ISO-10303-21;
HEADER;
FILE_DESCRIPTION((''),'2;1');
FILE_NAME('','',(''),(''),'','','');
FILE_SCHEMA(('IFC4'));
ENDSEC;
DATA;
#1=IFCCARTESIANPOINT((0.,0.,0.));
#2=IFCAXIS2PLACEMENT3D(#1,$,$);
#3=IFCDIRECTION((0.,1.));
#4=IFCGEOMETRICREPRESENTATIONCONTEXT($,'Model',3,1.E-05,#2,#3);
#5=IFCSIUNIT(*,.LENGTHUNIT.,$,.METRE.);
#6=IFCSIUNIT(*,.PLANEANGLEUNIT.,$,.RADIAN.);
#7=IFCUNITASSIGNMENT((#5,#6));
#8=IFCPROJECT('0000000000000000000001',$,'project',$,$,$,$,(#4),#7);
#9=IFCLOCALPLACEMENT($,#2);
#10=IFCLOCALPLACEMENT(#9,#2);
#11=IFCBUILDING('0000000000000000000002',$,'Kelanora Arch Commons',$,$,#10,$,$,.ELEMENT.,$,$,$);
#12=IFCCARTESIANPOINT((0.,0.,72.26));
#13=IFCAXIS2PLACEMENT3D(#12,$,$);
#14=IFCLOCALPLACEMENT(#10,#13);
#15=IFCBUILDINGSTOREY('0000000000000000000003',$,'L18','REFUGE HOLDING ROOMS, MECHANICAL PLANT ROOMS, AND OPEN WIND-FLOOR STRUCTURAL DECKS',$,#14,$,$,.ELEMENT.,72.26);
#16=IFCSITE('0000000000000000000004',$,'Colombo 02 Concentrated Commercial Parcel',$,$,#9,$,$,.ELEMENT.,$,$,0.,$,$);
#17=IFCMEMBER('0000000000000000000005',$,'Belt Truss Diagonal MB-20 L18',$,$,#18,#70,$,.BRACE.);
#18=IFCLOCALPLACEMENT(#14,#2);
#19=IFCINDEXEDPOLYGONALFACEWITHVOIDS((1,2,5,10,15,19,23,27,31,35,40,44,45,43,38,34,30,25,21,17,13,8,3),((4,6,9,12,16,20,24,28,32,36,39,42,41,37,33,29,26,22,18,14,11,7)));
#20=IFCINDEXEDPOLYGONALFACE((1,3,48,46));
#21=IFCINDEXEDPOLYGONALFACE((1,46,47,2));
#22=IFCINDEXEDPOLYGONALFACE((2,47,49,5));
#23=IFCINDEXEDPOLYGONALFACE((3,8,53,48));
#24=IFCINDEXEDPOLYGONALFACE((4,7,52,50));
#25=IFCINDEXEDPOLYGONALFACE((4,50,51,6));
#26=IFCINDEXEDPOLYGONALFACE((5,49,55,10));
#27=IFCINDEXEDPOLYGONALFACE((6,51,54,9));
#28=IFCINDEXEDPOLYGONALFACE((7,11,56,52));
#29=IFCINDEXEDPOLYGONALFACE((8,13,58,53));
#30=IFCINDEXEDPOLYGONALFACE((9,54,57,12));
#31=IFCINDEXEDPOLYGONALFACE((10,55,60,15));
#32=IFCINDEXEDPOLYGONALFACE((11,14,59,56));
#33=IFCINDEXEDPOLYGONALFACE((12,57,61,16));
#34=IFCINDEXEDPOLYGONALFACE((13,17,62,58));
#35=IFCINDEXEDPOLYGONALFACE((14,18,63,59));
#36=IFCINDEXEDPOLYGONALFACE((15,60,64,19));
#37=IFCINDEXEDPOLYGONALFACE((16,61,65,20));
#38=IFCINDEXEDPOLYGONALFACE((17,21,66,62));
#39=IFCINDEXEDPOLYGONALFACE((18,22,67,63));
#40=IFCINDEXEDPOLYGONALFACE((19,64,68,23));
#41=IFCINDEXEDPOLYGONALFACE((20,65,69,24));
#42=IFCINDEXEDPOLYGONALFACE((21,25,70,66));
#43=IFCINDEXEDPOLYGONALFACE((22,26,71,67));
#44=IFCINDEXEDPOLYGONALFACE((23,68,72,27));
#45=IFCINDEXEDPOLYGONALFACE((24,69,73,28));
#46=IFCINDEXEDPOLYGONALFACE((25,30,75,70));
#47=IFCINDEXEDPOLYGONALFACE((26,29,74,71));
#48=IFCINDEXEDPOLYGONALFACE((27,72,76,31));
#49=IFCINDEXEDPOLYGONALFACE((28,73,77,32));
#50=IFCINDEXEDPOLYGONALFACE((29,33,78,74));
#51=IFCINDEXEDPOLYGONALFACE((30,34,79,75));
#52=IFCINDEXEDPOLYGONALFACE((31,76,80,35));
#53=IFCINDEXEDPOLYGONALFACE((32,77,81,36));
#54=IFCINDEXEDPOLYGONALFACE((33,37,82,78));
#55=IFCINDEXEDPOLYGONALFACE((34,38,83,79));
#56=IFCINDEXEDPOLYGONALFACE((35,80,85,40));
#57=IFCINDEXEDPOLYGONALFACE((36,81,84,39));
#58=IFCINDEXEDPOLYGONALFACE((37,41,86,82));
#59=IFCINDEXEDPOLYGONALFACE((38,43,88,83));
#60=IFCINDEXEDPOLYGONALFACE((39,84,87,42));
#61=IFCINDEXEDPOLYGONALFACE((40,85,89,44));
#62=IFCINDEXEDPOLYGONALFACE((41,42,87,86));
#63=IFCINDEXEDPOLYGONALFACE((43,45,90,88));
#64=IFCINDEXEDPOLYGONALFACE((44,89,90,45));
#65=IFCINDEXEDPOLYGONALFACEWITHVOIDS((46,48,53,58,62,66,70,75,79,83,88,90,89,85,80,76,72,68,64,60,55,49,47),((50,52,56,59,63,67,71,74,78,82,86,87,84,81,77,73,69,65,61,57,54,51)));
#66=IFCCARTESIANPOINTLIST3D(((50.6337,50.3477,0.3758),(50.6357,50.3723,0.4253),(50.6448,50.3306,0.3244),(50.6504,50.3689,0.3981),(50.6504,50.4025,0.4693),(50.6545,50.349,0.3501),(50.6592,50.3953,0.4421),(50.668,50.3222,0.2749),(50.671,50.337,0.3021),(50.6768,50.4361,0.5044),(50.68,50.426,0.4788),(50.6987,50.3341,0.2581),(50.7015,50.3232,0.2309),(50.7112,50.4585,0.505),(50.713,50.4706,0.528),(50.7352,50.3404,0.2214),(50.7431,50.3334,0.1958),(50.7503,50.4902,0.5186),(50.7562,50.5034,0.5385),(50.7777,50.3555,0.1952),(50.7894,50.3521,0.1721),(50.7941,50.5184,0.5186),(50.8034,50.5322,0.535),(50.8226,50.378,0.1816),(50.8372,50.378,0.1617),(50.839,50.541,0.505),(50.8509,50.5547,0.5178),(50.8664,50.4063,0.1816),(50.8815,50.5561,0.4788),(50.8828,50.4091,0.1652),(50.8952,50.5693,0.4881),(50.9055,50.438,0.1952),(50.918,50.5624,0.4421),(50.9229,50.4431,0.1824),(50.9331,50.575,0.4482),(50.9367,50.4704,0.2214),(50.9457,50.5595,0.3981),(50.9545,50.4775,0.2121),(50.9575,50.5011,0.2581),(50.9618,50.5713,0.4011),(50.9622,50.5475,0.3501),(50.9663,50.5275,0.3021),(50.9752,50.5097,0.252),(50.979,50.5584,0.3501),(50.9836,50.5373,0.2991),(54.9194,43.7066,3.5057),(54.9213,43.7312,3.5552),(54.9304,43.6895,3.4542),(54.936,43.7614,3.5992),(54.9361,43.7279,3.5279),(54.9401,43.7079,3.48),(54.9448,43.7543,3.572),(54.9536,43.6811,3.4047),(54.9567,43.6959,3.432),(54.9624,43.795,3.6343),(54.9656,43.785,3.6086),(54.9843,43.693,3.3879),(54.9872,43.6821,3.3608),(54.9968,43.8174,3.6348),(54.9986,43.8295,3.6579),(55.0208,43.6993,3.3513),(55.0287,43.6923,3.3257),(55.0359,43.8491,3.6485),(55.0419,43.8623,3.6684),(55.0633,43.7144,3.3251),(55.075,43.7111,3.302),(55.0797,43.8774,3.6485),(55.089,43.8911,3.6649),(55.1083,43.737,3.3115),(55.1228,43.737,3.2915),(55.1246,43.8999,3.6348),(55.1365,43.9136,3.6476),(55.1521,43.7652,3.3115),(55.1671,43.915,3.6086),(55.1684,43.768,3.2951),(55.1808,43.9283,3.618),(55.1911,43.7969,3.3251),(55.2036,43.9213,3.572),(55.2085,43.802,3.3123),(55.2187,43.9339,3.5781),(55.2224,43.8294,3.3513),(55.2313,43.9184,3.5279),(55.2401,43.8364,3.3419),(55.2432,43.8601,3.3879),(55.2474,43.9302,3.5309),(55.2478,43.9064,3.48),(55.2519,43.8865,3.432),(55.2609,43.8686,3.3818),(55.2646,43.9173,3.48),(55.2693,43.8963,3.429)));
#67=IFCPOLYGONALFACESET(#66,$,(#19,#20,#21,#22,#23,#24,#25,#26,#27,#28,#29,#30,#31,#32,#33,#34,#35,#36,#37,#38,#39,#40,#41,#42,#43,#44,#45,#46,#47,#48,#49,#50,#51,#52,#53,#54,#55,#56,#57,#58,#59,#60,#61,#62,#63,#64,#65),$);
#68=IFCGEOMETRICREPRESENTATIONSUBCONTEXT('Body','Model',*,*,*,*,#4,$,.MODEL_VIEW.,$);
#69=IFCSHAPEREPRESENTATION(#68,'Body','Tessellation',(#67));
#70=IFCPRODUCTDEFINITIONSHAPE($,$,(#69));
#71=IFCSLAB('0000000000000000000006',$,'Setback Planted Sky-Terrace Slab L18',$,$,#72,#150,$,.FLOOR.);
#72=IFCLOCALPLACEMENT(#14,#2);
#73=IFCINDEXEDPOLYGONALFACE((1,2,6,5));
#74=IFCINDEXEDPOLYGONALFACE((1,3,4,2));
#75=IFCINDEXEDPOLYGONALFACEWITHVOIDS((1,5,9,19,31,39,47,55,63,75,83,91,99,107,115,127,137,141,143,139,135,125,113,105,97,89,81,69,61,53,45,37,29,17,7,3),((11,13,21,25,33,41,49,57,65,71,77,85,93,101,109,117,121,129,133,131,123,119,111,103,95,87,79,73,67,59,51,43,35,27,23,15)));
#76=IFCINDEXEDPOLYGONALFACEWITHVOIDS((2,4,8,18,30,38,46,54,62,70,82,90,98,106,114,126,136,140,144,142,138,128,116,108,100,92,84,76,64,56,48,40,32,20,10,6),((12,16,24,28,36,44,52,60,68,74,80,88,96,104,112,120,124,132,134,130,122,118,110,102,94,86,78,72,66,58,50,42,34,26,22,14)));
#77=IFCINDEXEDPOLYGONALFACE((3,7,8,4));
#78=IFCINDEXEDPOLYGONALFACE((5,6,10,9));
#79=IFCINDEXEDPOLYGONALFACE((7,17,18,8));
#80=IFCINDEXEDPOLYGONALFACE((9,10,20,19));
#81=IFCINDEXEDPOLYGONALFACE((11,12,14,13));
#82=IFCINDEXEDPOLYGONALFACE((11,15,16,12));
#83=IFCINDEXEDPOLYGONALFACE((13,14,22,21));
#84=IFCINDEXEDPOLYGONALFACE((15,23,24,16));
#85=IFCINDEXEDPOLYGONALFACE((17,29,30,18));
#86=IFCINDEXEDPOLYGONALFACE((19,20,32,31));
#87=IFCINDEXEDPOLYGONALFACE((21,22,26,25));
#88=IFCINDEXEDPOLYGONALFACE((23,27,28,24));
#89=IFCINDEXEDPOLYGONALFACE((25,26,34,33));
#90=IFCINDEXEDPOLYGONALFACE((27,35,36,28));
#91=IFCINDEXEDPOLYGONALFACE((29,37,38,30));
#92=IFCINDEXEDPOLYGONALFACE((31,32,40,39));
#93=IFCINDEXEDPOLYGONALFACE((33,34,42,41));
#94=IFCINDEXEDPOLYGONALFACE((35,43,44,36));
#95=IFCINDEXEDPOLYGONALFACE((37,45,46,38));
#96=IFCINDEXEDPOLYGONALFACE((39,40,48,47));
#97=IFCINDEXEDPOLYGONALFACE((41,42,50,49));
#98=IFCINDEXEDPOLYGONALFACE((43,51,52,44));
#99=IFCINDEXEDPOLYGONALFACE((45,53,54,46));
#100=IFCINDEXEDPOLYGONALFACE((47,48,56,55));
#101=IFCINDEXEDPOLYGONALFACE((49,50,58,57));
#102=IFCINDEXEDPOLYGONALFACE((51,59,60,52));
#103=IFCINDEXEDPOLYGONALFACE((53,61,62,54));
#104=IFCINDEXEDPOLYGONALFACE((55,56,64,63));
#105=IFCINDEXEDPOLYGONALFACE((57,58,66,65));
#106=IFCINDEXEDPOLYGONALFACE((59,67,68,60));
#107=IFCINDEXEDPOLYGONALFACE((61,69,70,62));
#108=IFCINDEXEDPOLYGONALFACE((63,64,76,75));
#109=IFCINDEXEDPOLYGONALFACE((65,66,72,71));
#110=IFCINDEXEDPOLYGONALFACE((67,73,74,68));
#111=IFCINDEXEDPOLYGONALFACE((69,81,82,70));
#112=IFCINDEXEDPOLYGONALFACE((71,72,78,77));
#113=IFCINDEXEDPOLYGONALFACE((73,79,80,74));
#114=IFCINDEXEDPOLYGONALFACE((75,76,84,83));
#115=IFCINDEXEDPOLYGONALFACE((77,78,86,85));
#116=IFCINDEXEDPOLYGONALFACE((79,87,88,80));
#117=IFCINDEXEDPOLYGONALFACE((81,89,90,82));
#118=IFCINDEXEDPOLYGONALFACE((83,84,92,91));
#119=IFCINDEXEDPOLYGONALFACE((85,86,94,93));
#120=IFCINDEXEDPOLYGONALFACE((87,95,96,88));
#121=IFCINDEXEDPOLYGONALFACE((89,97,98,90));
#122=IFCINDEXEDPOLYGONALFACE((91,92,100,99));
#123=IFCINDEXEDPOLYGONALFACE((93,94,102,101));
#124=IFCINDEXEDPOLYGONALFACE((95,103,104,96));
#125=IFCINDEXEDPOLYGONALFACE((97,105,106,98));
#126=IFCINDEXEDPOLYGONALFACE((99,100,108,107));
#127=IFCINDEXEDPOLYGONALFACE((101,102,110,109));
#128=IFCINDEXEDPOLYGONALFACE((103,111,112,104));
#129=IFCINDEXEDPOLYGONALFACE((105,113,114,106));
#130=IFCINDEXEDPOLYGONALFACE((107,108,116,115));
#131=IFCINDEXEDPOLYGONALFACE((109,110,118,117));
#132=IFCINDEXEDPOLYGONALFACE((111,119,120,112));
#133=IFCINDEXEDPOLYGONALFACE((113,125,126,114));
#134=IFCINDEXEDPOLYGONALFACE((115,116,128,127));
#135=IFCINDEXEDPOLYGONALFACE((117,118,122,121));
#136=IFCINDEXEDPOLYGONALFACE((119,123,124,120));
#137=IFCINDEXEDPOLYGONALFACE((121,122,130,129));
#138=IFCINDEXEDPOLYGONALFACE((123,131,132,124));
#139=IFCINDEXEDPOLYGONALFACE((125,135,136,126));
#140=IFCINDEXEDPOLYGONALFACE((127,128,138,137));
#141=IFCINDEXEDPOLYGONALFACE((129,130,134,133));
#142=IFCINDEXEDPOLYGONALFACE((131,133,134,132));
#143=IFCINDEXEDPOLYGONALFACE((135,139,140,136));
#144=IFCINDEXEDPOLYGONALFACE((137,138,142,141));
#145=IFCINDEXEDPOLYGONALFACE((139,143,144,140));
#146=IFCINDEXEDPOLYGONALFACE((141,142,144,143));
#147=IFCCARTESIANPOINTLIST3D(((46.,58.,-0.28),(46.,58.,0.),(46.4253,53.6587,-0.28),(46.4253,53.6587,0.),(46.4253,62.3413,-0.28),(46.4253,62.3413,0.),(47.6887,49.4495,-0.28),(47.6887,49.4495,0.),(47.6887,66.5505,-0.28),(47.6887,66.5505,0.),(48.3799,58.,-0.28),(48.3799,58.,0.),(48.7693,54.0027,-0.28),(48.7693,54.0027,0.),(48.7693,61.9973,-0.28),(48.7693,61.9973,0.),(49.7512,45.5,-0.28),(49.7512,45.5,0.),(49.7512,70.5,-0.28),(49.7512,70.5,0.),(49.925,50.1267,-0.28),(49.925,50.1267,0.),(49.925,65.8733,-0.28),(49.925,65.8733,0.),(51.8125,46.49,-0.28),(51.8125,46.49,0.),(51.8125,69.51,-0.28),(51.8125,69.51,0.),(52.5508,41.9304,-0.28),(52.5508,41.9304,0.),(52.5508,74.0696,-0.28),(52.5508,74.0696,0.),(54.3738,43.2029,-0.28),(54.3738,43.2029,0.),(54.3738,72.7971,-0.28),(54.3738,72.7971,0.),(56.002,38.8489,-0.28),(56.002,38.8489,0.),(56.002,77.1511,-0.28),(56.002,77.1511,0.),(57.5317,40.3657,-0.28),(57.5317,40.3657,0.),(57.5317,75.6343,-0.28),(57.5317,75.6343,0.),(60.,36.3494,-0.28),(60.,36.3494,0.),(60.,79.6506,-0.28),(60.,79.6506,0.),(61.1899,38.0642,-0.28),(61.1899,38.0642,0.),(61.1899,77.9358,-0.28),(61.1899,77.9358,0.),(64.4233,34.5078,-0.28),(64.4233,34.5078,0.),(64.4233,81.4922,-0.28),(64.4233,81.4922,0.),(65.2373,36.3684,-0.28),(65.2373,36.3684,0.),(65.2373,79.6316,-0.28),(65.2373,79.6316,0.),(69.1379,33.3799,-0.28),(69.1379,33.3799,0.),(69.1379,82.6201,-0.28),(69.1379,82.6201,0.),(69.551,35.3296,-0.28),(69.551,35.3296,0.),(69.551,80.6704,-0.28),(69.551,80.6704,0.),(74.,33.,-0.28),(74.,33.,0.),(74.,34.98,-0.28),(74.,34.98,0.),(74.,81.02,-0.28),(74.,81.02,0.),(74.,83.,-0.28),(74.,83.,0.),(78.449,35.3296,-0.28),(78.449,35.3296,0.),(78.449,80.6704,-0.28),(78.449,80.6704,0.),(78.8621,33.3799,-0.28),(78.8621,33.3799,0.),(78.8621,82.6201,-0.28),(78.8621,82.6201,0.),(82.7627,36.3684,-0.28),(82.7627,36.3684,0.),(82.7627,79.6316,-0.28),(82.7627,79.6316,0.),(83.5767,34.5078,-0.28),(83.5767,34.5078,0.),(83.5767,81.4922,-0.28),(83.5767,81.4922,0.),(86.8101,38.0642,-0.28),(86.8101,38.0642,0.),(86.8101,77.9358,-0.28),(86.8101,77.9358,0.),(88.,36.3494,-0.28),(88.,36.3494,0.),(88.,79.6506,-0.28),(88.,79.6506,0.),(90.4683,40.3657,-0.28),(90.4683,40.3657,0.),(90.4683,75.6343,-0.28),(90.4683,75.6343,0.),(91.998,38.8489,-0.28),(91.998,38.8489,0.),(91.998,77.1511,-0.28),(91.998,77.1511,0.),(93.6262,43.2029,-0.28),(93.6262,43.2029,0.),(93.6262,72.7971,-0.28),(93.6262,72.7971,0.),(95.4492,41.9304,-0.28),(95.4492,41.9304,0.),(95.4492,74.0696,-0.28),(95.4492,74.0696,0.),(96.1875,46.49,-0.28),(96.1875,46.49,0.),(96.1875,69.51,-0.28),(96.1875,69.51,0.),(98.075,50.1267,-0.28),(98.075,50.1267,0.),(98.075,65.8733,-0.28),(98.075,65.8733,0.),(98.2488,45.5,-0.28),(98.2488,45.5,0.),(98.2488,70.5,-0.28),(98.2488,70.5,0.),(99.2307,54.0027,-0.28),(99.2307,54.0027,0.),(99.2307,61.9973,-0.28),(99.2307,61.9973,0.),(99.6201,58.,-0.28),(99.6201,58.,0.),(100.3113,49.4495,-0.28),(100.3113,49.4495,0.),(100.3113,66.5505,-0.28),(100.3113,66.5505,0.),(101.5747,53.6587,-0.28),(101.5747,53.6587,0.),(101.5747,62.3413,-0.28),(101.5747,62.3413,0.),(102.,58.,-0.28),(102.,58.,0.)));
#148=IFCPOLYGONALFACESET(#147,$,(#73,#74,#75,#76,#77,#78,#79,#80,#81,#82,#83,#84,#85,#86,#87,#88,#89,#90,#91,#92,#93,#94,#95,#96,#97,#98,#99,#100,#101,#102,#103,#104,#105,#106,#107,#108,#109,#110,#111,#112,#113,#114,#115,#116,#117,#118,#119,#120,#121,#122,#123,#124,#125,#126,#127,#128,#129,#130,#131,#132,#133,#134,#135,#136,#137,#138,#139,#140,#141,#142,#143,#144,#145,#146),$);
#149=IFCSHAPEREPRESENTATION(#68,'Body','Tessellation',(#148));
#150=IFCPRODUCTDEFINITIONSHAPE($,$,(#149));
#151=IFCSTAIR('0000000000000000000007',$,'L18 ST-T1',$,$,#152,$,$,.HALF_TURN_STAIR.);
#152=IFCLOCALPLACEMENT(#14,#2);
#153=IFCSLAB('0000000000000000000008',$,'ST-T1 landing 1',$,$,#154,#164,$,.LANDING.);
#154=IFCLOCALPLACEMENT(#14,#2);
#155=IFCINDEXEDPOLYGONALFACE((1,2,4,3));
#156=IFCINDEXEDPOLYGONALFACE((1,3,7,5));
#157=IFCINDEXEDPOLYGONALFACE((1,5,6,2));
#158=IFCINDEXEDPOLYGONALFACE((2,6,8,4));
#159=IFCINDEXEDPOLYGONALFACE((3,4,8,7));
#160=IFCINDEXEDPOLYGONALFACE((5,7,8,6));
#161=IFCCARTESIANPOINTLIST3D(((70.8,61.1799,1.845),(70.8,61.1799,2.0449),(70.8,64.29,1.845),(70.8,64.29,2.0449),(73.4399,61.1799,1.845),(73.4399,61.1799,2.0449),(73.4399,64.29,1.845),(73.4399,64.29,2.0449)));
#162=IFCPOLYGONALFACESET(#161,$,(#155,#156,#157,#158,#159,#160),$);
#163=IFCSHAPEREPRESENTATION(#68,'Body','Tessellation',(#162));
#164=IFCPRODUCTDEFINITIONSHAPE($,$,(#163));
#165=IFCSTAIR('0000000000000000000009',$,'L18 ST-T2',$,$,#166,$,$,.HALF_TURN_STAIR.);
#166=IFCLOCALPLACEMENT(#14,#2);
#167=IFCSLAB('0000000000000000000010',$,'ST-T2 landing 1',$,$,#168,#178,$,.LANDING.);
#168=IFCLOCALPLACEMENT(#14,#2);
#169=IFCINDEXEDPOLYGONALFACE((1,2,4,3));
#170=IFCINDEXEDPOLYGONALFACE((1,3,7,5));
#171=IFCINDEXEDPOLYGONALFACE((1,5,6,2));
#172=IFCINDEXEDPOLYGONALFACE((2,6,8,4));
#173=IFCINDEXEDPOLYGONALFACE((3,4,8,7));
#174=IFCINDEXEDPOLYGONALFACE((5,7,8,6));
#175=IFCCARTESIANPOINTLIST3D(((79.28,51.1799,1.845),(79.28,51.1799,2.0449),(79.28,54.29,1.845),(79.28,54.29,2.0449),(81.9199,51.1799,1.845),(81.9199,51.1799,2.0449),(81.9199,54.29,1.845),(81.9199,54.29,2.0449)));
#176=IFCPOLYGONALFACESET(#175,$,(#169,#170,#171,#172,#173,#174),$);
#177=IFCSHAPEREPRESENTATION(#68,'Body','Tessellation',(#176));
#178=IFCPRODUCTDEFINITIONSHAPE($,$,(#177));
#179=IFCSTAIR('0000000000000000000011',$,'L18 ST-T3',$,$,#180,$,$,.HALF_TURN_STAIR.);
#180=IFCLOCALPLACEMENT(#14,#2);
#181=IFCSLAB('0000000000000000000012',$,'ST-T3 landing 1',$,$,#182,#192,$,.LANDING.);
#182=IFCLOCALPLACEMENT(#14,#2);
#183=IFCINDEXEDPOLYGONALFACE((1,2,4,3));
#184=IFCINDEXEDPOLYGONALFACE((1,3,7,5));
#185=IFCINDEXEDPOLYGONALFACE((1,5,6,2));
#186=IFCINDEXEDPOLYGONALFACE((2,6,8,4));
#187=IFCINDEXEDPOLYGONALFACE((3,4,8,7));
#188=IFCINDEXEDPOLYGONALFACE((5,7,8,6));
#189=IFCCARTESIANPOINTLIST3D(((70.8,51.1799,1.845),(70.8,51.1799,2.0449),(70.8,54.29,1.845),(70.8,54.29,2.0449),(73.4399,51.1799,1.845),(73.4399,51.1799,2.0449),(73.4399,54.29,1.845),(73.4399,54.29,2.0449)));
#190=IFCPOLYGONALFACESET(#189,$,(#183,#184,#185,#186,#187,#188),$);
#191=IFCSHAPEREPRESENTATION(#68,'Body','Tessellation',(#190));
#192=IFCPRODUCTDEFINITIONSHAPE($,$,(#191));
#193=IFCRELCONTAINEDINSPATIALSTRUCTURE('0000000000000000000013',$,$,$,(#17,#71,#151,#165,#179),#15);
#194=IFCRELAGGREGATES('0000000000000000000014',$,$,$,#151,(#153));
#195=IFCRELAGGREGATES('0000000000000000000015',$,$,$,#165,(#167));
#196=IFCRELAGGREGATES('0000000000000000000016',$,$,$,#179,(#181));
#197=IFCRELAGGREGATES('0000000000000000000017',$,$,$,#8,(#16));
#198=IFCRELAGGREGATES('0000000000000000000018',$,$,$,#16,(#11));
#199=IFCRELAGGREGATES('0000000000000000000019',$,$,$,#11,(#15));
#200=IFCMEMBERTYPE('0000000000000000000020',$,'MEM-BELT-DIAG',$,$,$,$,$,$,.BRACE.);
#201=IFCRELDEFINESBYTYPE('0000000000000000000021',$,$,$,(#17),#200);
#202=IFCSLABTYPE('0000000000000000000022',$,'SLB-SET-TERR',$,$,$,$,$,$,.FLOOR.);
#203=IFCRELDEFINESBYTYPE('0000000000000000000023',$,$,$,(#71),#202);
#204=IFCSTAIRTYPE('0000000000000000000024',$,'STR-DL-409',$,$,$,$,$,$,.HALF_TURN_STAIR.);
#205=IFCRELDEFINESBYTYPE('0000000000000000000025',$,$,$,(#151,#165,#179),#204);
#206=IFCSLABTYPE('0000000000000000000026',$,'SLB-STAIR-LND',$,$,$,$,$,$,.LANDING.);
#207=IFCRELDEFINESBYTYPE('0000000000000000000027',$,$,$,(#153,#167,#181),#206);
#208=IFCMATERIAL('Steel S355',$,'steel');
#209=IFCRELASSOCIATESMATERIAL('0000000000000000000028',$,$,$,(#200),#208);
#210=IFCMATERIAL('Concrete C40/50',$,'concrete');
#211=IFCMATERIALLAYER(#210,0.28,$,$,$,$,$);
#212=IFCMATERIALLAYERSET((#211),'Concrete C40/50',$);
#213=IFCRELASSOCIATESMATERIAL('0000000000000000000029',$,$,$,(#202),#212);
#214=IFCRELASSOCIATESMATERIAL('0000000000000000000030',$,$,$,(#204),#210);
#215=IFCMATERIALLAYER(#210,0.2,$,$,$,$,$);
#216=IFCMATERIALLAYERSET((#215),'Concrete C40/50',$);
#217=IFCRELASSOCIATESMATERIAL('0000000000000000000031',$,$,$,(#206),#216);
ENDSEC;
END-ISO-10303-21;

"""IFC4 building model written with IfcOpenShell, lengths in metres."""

from ifc_helpers import new_model, si_unit, direction, frame, origin, origin_2d, place, context, subcontext, project, spatial, polyline, hollow_circle, outline, extrude, material, layer, layer_set, material_profile, profile_set, type_object, element, aggregate, save


model = new_model("IFC4")

# Units and contexts
model_context = context("Model", 3, precision=1e-05, world=origin(), true_north=direction((0.0, 1.0)))
body_context = subcontext(model_context, "Body", "Model", "MODEL_VIEW")
ifc_project = project(units=[si_unit("LENGTHUNIT", "METRE"), si_unit("PLANEANGLEUNIT", "RADIAN")], contexts=[model_context])

# Site, building, storey
site_placement = place(None, origin())
site = spatial("IfcSite", under=ifc_project, at=site_placement, Name="Colombo 02 Concentrated Commercial Parcel", CompositionType="ELEMENT", RefElevation=0.0)
building_placement = place(site_placement, origin())
building = spatial("IfcBuilding", under=site, at=building_placement, Name="Kelanora Arch Commons", CompositionType="ELEMENT")
storey_placement = place(building_placement, frame((0.0, 0.0, 72.26)))
storey = spatial("IfcBuildingStorey", under=building, at=storey_placement, Name="L18", Description="REFUGE HOLDING ROOMS, MECHANICAL PLANT ROOMS, AND OPEN WIND-FLOOR STRUCTURAL DECKS", CompositionType="ELEMENT", Elevation=72.26)

# Shared definitions
ifc_material_1 = material(Name="Steel S355", Category="steel")

# Member
ifc_material_profile_1 = material_profile(ifc_material_1, hollow_circle(Radius=0.2031, WallThickness=0.02, at=origin_2d()), Name="CHS406.4x20")
ifc_profile_set_1 = profile_set([ifc_material_profile_1], Name="Steel S355")
member_type = type_object("IfcMemberType", Name="MEM-BELT-DIAG", PredefinedType="BRACE", material=ifc_profile_set_1)
member_placement = place(storey_placement, frame((50.8083, 50.4482, 0.3501), z_axis=(0.504133, -0.781214, 0.368177), x_axis=(0.840236, 0.542221, 0.0)))
element("IfcMember", 1, at=member_placement, inside=storey, type_object=member_type, Name="Belt Truss Diagonal MB-20 L18", PredefinedType="BRACE", context=body_context, shape_type="SweptSolid", body=[
    extrude(hollow_circle(Radius=0.2031, WallThickness=0.02, at=origin_2d()), origin(), (0.0, 0.0, 1.0), 8.501),
])

# Slab
ifc_material_2 = material(Name="Concrete C40/50", Category="concrete")
ifc_layer_1 = layer(ifc_material_2, 0.28)
ifc_layer_set_1 = layer_set([ifc_layer_1], Name="Concrete C40/50")
slab_type_1 = type_object("IfcSlabType", Name="SLB-SET-TERR", PredefinedType="FLOOR", material=ifc_layer_set_1)
slab_1_placement = place(storey_placement, frame((0.0, 0.0, -0.28)))
element("IfcSlab", 2, at=slab_1_placement, inside=storey, type_object=slab_type_1, Name="Setback Planted Sky-Terrace Slab L18", PredefinedType="FLOOR", context=body_context, shape_type="SweptSolid", body=[
    extrude(outline(polyline([(102.0, 58.0), (101.5747, 62.3413), (100.3113, 66.5505), (98.2488, 70.5), (95.4492, 74.0696), (91.998, 77.1511), (88.0, 79.6506), (83.5767, 81.4922), (78.8621, 82.6201), (74.0, 83.0), (69.1379, 82.6201), (64.4233, 81.4922), (60.0, 79.6506), (56.002, 77.1511), (52.5508, 74.0696), (49.7512, 70.5), (47.6887, 66.5505), (46.4253, 62.3413), (46.0, 58.0), (46.4253, 53.6587), (47.6887, 49.4495), (49.7512, 45.5), (52.5508, 41.9304), (56.002, 38.8489), (60.0, 36.3494), (64.4233, 34.5078), (69.1379, 33.3799), (74.0, 33.0), (78.8621, 33.3799), (83.5767, 34.5078), (88.0, 36.3494), (91.998, 38.8489), (95.4492, 41.9304), (98.2488, 45.5), (100.3113, 49.4495), (101.5747, 53.6587), (102.0, 58.0)]), holes=[polyline([(99.2307, 54.0027), (98.075, 50.1267), (96.1875, 46.49), (93.6262, 43.2029), (90.4683, 40.3657), (86.8101, 38.0642), (82.7627, 36.3684), (78.449, 35.3296), (74.0, 34.98), (69.551, 35.3296), (65.2373, 36.3684), (61.1899, 38.0642), (57.5317, 40.3657), (54.3738, 43.2029), (51.8125, 46.49), (49.925, 50.1267), (48.7693, 54.0027), (48.3799, 58.0), (48.7693, 61.9973), (49.925, 65.8733), (51.8125, 69.51), (54.3738, 72.7971), (57.5317, 75.6343), (61.1899, 77.9358), (65.2373, 79.6316), (69.551, 80.6704), (74.0, 81.02), (78.449, 80.6704), (82.7627, 79.6316), (86.8101, 77.9358), (90.4683, 75.6343), (93.6262, 72.7971), (96.1875, 69.51), (98.075, 65.8733), (99.2307, 61.9973), (99.6201, 58.0), (99.2307, 54.0027)])]), origin(), (0.0, 0.0, 1.0), 0.28),
])

# Stairs, slabs
stair_type = type_object("IfcStairType", Name="STR-DL-409", PredefinedType="HALF_TURN_STAIR", material=ifc_material_2)
stair_1_placement = place(storey_placement, origin())
stair_1 = element("IfcStair", 3, at=stair_1_placement, inside=storey, type_object=stair_type, Name="L18 ST-T1", PredefinedType="HALF_TURN_STAIR")
ifc_layer_2 = layer(ifc_material_2, 0.2)
ifc_layer_set_2 = layer_set([ifc_layer_2], Name="Concrete C40/50")
slab_type_2 = type_object("IfcSlabType", Name="SLB-STAIR-LND", PredefinedType="LANDING", material=ifc_layer_set_2)
slab_2_placement = place(storey_placement, frame((0.0, 0.0, 1.845)))
slab_2 = element("IfcSlab", 4, at=slab_2_placement, type_object=slab_type_2, Name="ST-T1 landing 1", PredefinedType="LANDING", context=body_context, shape_type="SweptSolid", body=[
    extrude(outline(polyline([(70.8, 61.1799), (73.4399, 61.1799), (73.4399, 64.29), (70.8, 64.29), (70.8, 61.1799)])), origin(), (0.0, 0.0, 1.0), 0.2),
])
aggregate(stair_1, [slab_2])
stair_2_placement = place(storey_placement, origin())
stair_2 = element("IfcStair", 5, at=stair_2_placement, inside=storey, type_object=stair_type, Name="L18 ST-T2", PredefinedType="HALF_TURN_STAIR")
slab_3_placement = place(storey_placement, frame((0.0, 0.0, 1.845)))
slab_3 = element("IfcSlab", 6, at=slab_3_placement, type_object=slab_type_2, Name="ST-T2 landing 1", PredefinedType="LANDING", context=body_context, shape_type="SweptSolid", body=[
    extrude(outline(polyline([(79.28, 51.1799), (81.9199, 51.1799), (81.9199, 54.29), (79.28, 54.29), (79.28, 51.1799)])), origin(), (0.0, 0.0, 1.0), 0.2),
])
aggregate(stair_2, [slab_3])
stair_3_placement = place(storey_placement, origin())
stair_3 = element("IfcStair", 7, at=stair_3_placement, inside=storey, type_object=stair_type, Name="L18 ST-T3", PredefinedType="HALF_TURN_STAIR")
slab_4_placement = place(storey_placement, frame((0.0, 0.0, 1.845)))
slab_4 = element("IfcSlab", 8, at=slab_4_placement, type_object=slab_type_2, Name="ST-T3 landing 1", PredefinedType="LANDING", context=body_context, shape_type="SweptSolid", body=[
    extrude(outline(polyline([(70.8, 51.1799), (73.4399, 51.1799), (73.4399, 54.29), (70.8, 54.29), (70.8, 51.1799)])), origin(), (0.0, 0.0, 1.0), 0.2),
])
aggregate(stair_3, [slab_4])

save(model, "model.ifc")
